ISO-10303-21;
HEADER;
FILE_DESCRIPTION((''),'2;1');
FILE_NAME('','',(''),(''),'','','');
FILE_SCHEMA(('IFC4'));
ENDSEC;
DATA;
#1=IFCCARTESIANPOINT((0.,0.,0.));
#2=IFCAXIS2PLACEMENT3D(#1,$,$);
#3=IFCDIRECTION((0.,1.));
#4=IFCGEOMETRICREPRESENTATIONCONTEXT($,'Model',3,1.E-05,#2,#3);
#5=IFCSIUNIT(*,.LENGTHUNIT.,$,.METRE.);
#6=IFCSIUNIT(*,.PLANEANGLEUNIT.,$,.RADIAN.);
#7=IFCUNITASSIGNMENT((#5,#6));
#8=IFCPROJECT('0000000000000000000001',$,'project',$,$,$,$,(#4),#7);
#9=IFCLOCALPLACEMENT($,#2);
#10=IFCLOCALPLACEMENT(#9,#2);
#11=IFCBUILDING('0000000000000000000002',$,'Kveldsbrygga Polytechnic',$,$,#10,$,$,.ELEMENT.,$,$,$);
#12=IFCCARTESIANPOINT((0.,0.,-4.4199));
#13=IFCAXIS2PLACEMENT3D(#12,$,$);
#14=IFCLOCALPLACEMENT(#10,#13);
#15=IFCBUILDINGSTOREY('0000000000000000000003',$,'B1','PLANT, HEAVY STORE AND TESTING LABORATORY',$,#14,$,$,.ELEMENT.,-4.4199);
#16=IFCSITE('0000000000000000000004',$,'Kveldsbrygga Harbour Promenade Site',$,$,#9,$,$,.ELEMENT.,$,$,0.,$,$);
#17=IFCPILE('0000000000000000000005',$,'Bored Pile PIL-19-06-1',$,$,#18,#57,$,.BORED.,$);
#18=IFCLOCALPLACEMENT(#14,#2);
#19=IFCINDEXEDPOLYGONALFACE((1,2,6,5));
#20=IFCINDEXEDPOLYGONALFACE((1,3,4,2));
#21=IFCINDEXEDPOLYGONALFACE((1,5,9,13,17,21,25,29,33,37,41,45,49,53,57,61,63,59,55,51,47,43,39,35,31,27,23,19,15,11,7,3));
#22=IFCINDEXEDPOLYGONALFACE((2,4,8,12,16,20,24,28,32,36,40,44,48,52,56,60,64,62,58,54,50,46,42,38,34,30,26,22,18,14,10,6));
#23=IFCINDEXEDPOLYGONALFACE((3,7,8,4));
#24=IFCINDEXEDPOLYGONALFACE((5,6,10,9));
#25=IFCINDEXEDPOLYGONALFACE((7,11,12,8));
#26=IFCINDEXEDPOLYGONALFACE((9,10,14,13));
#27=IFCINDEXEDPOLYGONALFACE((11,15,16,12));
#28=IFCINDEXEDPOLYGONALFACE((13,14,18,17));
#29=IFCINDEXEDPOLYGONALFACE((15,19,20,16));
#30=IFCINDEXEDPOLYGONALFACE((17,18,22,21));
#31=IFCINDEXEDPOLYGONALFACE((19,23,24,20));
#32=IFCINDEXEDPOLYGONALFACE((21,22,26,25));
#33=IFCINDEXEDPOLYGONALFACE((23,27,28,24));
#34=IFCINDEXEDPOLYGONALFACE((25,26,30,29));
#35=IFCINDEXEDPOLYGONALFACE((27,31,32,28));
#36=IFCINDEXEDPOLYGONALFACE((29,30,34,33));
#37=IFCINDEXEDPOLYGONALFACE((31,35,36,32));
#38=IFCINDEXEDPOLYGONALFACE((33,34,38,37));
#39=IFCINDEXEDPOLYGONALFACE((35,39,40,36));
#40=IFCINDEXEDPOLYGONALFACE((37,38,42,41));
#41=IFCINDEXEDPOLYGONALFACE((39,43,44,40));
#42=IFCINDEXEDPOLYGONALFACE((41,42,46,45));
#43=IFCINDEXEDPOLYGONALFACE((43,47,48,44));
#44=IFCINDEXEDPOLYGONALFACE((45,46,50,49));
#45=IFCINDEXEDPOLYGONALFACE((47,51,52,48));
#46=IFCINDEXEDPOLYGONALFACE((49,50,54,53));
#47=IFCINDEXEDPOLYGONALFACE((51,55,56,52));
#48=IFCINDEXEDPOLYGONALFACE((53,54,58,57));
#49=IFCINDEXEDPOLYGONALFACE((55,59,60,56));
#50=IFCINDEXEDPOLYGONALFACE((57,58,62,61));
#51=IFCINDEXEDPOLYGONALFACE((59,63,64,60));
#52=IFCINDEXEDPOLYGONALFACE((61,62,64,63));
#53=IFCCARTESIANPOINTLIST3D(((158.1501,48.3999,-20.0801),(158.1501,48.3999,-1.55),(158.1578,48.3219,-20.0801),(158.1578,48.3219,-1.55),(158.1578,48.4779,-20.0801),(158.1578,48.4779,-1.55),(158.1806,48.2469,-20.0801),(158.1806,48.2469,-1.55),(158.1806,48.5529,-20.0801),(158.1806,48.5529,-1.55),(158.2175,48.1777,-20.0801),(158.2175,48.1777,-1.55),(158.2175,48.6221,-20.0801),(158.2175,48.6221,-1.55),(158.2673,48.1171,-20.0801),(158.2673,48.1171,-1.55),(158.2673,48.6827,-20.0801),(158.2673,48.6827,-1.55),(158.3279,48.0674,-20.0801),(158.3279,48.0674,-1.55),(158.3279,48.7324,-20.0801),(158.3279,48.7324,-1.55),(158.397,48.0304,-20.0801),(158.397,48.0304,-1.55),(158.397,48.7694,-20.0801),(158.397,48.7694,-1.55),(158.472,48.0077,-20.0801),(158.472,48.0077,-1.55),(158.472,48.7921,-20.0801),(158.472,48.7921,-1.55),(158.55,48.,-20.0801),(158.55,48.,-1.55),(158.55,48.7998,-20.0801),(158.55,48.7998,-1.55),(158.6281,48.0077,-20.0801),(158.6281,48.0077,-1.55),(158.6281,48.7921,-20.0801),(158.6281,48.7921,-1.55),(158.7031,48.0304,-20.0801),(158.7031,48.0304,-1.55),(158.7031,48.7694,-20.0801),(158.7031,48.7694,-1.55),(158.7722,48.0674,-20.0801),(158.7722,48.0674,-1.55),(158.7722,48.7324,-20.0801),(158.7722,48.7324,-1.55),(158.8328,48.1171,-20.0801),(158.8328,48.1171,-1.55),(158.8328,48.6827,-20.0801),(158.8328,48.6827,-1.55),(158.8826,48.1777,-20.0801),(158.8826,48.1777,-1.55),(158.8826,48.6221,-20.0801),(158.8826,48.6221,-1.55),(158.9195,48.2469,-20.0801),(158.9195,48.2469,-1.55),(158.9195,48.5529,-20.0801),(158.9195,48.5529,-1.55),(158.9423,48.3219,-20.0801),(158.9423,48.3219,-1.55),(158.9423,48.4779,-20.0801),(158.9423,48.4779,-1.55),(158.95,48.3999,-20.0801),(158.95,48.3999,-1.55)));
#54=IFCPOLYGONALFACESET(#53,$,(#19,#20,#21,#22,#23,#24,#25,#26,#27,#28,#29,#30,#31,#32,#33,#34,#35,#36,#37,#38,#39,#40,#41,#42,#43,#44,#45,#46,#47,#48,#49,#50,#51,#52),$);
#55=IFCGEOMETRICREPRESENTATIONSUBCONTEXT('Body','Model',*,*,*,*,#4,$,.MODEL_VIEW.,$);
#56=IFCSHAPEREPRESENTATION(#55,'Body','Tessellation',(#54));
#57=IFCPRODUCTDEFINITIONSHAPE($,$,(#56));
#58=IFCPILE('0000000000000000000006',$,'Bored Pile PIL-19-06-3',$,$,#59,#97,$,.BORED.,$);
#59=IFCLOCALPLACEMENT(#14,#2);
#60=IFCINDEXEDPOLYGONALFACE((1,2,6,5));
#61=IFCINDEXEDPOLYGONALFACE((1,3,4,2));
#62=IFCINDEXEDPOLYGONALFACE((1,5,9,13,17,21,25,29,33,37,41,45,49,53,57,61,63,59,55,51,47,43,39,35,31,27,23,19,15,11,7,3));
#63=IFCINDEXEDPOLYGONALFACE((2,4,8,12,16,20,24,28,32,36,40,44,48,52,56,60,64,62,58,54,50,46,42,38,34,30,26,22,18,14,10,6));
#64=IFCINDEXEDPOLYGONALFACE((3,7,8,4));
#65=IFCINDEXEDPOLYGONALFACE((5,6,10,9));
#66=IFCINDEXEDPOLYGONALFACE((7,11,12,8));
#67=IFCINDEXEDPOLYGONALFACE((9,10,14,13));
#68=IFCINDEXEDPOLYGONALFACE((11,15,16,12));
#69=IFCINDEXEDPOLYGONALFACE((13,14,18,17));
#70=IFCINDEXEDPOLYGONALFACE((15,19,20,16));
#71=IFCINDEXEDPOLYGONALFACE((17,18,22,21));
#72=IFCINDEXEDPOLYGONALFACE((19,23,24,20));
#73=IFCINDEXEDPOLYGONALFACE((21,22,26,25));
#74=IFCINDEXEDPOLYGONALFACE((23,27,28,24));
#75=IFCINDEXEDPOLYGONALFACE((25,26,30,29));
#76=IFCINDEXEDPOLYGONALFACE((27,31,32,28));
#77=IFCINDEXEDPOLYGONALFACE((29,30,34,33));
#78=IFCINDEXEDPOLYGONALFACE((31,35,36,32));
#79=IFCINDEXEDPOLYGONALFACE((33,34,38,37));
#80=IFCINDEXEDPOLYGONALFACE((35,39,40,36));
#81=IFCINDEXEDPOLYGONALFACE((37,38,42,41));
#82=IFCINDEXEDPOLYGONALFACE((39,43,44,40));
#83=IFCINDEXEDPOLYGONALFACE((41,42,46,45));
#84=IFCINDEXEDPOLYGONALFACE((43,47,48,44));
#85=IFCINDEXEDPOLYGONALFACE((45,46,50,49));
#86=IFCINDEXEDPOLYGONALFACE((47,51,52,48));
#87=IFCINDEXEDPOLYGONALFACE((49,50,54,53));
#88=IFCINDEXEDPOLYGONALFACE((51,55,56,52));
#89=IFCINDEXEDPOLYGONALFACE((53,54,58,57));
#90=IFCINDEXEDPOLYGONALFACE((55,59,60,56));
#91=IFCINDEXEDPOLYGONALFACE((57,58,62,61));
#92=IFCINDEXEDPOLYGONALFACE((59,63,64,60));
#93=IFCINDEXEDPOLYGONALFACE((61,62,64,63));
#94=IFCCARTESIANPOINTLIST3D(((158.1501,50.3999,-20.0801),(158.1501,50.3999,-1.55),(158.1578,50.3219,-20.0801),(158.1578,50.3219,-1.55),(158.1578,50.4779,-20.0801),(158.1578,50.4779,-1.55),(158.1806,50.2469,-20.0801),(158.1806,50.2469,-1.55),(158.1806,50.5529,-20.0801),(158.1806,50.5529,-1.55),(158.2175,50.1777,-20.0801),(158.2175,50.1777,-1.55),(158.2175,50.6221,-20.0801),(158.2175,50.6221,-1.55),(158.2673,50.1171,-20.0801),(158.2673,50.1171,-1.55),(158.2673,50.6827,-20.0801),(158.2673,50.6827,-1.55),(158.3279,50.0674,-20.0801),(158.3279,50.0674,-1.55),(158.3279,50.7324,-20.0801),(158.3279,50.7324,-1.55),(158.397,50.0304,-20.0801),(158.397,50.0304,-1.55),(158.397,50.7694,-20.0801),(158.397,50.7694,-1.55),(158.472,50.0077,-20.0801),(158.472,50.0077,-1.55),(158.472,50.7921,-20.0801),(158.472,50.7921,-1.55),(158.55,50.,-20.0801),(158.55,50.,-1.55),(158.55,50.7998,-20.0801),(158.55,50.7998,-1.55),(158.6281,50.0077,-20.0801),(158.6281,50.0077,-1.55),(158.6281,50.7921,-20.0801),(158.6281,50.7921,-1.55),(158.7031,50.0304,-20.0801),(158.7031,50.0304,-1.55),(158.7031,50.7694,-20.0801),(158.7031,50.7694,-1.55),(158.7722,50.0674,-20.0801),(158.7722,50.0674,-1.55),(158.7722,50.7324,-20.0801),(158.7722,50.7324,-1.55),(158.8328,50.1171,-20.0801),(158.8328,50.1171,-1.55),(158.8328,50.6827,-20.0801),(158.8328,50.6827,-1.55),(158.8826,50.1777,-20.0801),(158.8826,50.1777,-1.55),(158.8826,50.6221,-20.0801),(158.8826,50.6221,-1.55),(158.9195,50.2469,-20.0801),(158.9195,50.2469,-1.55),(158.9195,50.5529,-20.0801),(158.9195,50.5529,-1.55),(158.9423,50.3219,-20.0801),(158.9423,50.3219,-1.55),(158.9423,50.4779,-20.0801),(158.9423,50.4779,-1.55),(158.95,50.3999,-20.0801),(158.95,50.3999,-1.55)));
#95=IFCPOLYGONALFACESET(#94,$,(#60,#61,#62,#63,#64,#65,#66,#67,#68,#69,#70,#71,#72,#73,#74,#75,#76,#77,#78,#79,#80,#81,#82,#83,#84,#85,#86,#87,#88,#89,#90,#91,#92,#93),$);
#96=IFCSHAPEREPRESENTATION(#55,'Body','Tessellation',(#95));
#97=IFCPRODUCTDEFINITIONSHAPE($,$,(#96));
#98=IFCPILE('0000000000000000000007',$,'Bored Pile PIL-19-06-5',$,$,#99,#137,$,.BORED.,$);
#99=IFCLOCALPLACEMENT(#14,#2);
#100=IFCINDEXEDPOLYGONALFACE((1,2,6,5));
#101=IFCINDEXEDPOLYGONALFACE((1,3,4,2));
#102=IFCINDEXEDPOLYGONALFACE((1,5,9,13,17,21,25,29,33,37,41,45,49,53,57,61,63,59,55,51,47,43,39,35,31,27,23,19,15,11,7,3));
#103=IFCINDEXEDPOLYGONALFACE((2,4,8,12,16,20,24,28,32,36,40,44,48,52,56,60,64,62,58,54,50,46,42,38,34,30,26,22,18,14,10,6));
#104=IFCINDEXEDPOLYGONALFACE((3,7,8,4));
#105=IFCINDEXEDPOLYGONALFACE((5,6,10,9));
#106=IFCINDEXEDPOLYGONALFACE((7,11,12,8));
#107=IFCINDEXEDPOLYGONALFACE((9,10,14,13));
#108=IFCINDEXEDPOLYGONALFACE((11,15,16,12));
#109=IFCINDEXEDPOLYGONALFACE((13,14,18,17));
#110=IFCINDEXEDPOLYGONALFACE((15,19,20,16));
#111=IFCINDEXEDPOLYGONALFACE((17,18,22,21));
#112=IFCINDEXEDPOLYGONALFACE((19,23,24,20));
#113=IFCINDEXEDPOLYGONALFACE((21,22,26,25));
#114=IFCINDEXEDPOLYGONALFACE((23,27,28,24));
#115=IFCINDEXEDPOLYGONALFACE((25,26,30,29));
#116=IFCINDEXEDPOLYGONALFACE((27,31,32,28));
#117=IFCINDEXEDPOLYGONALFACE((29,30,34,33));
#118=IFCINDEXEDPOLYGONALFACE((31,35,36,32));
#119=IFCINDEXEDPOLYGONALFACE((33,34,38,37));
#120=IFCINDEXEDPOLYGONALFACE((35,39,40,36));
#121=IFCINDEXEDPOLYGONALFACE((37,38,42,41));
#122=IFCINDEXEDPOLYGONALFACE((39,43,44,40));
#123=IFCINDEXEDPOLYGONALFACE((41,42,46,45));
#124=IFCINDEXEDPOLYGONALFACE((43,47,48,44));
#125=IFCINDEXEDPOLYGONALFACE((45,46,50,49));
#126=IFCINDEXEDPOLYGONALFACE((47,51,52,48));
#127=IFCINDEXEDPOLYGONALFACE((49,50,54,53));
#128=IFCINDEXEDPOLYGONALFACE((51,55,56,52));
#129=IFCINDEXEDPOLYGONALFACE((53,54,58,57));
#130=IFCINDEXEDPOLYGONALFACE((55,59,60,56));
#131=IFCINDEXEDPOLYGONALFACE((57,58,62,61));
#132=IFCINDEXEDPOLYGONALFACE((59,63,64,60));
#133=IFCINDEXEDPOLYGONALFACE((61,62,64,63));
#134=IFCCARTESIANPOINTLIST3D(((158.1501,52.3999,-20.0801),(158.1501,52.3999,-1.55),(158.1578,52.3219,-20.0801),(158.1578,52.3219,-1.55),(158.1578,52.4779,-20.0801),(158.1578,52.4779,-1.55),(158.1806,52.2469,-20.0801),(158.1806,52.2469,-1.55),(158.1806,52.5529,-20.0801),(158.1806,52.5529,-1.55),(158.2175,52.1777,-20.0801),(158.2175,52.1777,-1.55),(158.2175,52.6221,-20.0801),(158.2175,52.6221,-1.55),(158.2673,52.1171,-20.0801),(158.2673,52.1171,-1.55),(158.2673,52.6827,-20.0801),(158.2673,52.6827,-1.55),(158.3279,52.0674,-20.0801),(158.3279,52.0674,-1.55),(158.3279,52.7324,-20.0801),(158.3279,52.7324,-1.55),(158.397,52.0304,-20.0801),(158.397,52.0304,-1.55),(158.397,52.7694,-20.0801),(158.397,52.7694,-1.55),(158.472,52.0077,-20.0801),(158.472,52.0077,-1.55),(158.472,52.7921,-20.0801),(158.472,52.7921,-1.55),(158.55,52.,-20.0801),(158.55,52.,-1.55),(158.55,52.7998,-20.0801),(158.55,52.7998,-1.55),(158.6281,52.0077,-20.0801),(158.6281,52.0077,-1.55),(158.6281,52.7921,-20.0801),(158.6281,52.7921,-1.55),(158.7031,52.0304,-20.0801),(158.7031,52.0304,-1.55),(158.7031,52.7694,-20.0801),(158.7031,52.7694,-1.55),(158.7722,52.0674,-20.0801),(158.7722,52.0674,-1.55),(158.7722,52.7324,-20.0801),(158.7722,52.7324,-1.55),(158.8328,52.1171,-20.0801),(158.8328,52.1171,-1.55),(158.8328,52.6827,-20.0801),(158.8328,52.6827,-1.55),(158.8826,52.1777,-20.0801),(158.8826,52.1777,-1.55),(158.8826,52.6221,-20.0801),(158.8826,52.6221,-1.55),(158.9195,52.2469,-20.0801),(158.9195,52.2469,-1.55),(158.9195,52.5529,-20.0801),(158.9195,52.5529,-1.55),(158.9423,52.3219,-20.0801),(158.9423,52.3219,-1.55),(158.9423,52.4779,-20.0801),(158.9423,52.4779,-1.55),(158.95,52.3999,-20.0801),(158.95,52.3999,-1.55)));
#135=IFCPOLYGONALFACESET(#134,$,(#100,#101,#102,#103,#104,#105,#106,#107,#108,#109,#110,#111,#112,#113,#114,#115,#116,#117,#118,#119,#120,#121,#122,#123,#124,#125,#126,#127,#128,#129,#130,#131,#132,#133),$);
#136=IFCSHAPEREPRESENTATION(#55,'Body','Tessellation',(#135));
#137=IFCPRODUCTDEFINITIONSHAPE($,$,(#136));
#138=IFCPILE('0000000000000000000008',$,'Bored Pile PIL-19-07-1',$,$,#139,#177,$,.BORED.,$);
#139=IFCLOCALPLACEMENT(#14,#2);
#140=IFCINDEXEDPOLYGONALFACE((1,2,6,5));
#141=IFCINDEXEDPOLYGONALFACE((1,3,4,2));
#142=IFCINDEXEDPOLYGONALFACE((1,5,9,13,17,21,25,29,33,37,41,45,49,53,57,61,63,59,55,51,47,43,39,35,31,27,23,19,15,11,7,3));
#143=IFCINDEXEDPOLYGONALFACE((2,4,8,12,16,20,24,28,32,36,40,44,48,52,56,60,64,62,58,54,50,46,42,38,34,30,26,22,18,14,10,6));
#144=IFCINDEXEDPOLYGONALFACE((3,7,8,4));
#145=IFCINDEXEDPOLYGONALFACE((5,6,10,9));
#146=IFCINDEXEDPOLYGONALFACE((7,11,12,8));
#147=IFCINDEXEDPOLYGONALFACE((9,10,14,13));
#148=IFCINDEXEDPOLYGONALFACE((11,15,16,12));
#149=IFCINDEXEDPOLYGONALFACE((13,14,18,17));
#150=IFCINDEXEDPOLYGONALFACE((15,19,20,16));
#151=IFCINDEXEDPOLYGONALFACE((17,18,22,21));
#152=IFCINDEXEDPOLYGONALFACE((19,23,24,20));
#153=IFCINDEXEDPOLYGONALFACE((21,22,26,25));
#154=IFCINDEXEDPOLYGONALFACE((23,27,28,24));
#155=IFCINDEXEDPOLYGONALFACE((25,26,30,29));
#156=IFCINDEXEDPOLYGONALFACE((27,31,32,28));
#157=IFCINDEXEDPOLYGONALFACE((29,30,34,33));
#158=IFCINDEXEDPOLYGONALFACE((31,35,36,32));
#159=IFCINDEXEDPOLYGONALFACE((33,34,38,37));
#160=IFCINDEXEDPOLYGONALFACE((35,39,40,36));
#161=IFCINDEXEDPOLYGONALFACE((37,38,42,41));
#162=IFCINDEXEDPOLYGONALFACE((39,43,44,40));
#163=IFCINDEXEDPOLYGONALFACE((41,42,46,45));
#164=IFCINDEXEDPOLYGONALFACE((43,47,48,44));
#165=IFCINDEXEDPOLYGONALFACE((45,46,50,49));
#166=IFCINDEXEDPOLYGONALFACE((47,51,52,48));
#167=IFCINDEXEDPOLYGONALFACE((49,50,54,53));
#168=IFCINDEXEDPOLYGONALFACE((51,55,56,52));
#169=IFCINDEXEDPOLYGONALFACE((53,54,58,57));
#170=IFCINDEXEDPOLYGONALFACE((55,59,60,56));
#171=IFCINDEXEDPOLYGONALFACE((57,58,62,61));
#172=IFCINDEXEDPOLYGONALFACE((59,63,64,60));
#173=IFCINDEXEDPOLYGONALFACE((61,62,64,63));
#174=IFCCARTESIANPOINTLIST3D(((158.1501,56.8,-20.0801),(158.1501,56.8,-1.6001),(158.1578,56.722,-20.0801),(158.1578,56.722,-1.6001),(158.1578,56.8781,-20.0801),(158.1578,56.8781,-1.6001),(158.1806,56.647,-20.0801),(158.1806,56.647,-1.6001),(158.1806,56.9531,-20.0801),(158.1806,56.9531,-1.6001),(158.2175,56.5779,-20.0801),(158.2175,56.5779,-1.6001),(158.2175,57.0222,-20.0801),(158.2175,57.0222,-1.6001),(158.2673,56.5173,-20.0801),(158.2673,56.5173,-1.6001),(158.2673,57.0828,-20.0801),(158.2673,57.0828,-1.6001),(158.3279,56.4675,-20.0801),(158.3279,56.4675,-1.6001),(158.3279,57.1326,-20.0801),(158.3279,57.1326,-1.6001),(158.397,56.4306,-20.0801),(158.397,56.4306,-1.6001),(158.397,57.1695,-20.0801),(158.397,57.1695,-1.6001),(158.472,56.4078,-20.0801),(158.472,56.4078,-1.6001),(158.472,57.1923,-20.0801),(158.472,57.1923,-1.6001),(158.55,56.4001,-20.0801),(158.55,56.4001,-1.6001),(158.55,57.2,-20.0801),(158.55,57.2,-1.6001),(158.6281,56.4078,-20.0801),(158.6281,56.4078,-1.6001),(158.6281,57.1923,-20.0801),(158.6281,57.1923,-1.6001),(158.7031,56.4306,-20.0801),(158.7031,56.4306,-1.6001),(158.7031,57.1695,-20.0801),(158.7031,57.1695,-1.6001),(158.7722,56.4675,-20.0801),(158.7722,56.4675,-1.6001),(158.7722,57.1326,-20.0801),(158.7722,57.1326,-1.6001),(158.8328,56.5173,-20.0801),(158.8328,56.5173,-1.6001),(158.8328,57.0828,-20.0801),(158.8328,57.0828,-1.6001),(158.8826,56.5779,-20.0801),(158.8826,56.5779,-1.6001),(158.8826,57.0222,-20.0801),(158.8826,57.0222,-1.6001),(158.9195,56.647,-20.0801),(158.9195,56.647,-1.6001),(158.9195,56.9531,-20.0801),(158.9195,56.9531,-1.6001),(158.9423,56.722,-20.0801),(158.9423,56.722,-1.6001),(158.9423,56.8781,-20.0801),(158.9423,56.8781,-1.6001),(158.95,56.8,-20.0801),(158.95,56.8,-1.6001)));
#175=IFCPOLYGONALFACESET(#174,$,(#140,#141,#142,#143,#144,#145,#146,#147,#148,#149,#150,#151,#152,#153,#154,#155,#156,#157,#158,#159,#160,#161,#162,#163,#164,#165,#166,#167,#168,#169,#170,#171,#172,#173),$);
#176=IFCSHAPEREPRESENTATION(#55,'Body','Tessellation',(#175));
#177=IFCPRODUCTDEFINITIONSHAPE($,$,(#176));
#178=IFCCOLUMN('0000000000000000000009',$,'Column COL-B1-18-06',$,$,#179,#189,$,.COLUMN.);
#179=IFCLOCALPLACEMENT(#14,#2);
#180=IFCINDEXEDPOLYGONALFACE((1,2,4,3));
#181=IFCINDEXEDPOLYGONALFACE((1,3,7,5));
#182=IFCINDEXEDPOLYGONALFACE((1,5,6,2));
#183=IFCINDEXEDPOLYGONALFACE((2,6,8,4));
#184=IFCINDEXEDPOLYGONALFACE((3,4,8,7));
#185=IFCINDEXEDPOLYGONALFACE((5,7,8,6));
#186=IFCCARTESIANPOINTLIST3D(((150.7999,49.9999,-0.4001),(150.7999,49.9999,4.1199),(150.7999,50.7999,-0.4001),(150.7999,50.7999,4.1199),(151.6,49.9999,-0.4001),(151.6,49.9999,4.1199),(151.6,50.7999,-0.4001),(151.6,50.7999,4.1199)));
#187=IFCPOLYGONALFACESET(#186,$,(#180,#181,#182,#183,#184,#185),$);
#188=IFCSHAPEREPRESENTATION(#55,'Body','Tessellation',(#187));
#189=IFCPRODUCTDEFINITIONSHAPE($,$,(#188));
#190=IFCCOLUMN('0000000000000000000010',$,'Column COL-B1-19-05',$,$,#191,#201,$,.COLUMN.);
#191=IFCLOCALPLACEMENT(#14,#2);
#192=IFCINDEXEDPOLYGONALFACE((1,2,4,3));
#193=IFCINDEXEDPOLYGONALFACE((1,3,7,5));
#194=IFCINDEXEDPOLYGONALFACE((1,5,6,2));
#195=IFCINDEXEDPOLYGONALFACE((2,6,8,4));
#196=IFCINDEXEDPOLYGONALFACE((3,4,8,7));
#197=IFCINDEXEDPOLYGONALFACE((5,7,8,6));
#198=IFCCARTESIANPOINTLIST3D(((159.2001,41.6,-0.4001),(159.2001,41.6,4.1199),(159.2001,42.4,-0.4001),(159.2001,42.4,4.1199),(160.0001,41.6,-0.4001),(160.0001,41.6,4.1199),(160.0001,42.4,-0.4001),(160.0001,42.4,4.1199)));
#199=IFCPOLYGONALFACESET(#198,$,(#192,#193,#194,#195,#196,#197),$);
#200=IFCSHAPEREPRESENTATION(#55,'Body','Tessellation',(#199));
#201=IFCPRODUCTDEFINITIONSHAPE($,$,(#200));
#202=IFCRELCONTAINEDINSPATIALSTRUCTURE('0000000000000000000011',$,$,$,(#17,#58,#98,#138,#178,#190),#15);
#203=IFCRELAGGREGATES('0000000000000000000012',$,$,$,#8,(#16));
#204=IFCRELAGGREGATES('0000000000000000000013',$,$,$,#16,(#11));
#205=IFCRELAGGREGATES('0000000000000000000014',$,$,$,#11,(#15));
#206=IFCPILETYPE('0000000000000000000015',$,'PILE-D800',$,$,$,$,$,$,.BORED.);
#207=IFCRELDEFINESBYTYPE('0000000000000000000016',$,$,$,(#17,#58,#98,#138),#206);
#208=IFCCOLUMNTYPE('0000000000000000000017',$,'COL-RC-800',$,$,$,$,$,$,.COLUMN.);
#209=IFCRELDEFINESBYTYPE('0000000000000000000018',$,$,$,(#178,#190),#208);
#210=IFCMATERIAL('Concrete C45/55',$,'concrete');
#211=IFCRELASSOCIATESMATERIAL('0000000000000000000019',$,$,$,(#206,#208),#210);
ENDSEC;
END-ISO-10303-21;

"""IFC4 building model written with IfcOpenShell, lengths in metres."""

from ifc_helpers import new_model, si_unit, direction, frame, origin, origin_2d, place, context, subcontext, project, spatial, rectangle, circle, extrude, material, material_profile, profile_set, type_object, element, save


model = new_model("IFC4")

# Units and contexts
model_context = context("Model", 3, precision=1e-05, world=origin(), true_north=direction((0.0, 1.0)))
body_context = subcontext(model_context, "Body", "Model", "MODEL_VIEW")
ifc_project = project(units=[si_unit("LENGTHUNIT", "METRE"), si_unit("PLANEANGLEUNIT", "RADIAN")], contexts=[model_context])

# Site, building, storey
site_placement = place(None, origin())
site = spatial("IfcSite", under=ifc_project, at=site_placement, Name="Kveldsbrygga Harbour Promenade Site", CompositionType="ELEMENT", RefElevation=0.0)
building_placement = place(site_placement, origin())
building = spatial("IfcBuilding", under=site, at=building_placement, Name="Kveldsbrygga Polytechnic", CompositionType="ELEMENT")
storey_placement = place(building_placement, frame((0.0, 0.0, -4.4199)))
storey = spatial("IfcBuildingStorey", under=building, at=storey_placement, Name="B1", Description="PLANT, HEAVY STORE AND TESTING LABORATORY", CompositionType="ELEMENT", Elevation=-4.4199)

# Shared definitions
ifc_material_1 = material(Name="Concrete C45/55", Category="concrete")

# Piles
ifc_material_profile_1 = material_profile(ifc_material_1, circle(Radius=0.3999, at=origin_2d()), Name="PILE D800")
ifc_profile_set_1 = profile_set([ifc_material_profile_1], Name="Concrete C45/55")
pile_type = type_object("IfcPileType", Name="PILE-D800", PredefinedType="BORED", material=ifc_profile_set_1)
for number, where, z_axis, x_axis, name in (
    (1, (158.55, 48.3999, -1.55), (0.0, 0.0, -1.0), (1.0, 0.0, 0.0), "Bored Pile PIL-19-06-1"),
    (2, (158.55, 50.3999, -1.55), (0.0, 0.0, -1.0), (1.0, 0.0, 0.0), "Bored Pile PIL-19-06-3"),
    (3, (158.55, 52.3999, -1.55), (0.0, 0.0, -1.0), (1.0, 0.0, 0.0), "Bored Pile PIL-19-06-5"),
):
    element("IfcPile", number, at=place(storey_placement, frame(where, z_axis=z_axis, x_axis=x_axis)), inside=storey, type_object=pile_type, Name=name, PredefinedType="BORED", context=body_context, shape_type="SweptSolid", body=[
        extrude(circle(Radius=0.3999, at=origin_2d()), origin(), (0.0, 0.0, 1.0), 18.53),
    ])
pile_1_placement = place(storey_placement, frame((158.55, 56.8, -1.6001), z_axis=(0.0, 0.0, -1.0), x_axis=(1.0, 0.0, 0.0)))
element("IfcPile", 4, at=pile_1_placement, inside=storey, type_object=pile_type, Name="Bored Pile PIL-19-07-1", PredefinedType="BORED", context=body_context, shape_type="SweptSolid", body=[
    extrude(circle(Radius=0.3999, at=origin_2d()), origin(), (0.0, 0.0, 1.0), 18.48),
])

# Columns
ifc_material_profile_2 = material_profile(ifc_material_1, rectangle(XDim=0.8, YDim=0.8, at=origin_2d()), Name="RC 800x800")
ifc_profile_set_2 = profile_set([ifc_material_profile_2], Name="Concrete C45/55")
column_type = type_object("IfcColumnType", Name="COL-RC-800", PredefinedType="COLUMN", material=ifc_profile_set_2)
for number, where, z_axis, x_axis, name in (
    (5, (151.2, 50.3999, -0.4001), (0.0, 0.0, 1.0), (1.0, 0.0, 0.0), "Column COL-B1-18-06"),
    (6, (159.6001, 42.0, -0.4001), (0.0, 0.0, 1.0), (1.0, 0.0, 0.0), "Column COL-B1-19-05"),
):
    element("IfcColumn", number, at=place(storey_placement, frame(where, z_axis=z_axis, x_axis=x_axis)), inside=storey, type_object=column_type, Name=name, PredefinedType="COLUMN", context=body_context, shape_type="SweptSolid", body=[
        extrude(rectangle(XDim=0.8, YDim=0.8, at=origin_2d()), origin(), (0.0, 0.0, 1.0), 4.52),
    ])

save(model, "model.ifc")
